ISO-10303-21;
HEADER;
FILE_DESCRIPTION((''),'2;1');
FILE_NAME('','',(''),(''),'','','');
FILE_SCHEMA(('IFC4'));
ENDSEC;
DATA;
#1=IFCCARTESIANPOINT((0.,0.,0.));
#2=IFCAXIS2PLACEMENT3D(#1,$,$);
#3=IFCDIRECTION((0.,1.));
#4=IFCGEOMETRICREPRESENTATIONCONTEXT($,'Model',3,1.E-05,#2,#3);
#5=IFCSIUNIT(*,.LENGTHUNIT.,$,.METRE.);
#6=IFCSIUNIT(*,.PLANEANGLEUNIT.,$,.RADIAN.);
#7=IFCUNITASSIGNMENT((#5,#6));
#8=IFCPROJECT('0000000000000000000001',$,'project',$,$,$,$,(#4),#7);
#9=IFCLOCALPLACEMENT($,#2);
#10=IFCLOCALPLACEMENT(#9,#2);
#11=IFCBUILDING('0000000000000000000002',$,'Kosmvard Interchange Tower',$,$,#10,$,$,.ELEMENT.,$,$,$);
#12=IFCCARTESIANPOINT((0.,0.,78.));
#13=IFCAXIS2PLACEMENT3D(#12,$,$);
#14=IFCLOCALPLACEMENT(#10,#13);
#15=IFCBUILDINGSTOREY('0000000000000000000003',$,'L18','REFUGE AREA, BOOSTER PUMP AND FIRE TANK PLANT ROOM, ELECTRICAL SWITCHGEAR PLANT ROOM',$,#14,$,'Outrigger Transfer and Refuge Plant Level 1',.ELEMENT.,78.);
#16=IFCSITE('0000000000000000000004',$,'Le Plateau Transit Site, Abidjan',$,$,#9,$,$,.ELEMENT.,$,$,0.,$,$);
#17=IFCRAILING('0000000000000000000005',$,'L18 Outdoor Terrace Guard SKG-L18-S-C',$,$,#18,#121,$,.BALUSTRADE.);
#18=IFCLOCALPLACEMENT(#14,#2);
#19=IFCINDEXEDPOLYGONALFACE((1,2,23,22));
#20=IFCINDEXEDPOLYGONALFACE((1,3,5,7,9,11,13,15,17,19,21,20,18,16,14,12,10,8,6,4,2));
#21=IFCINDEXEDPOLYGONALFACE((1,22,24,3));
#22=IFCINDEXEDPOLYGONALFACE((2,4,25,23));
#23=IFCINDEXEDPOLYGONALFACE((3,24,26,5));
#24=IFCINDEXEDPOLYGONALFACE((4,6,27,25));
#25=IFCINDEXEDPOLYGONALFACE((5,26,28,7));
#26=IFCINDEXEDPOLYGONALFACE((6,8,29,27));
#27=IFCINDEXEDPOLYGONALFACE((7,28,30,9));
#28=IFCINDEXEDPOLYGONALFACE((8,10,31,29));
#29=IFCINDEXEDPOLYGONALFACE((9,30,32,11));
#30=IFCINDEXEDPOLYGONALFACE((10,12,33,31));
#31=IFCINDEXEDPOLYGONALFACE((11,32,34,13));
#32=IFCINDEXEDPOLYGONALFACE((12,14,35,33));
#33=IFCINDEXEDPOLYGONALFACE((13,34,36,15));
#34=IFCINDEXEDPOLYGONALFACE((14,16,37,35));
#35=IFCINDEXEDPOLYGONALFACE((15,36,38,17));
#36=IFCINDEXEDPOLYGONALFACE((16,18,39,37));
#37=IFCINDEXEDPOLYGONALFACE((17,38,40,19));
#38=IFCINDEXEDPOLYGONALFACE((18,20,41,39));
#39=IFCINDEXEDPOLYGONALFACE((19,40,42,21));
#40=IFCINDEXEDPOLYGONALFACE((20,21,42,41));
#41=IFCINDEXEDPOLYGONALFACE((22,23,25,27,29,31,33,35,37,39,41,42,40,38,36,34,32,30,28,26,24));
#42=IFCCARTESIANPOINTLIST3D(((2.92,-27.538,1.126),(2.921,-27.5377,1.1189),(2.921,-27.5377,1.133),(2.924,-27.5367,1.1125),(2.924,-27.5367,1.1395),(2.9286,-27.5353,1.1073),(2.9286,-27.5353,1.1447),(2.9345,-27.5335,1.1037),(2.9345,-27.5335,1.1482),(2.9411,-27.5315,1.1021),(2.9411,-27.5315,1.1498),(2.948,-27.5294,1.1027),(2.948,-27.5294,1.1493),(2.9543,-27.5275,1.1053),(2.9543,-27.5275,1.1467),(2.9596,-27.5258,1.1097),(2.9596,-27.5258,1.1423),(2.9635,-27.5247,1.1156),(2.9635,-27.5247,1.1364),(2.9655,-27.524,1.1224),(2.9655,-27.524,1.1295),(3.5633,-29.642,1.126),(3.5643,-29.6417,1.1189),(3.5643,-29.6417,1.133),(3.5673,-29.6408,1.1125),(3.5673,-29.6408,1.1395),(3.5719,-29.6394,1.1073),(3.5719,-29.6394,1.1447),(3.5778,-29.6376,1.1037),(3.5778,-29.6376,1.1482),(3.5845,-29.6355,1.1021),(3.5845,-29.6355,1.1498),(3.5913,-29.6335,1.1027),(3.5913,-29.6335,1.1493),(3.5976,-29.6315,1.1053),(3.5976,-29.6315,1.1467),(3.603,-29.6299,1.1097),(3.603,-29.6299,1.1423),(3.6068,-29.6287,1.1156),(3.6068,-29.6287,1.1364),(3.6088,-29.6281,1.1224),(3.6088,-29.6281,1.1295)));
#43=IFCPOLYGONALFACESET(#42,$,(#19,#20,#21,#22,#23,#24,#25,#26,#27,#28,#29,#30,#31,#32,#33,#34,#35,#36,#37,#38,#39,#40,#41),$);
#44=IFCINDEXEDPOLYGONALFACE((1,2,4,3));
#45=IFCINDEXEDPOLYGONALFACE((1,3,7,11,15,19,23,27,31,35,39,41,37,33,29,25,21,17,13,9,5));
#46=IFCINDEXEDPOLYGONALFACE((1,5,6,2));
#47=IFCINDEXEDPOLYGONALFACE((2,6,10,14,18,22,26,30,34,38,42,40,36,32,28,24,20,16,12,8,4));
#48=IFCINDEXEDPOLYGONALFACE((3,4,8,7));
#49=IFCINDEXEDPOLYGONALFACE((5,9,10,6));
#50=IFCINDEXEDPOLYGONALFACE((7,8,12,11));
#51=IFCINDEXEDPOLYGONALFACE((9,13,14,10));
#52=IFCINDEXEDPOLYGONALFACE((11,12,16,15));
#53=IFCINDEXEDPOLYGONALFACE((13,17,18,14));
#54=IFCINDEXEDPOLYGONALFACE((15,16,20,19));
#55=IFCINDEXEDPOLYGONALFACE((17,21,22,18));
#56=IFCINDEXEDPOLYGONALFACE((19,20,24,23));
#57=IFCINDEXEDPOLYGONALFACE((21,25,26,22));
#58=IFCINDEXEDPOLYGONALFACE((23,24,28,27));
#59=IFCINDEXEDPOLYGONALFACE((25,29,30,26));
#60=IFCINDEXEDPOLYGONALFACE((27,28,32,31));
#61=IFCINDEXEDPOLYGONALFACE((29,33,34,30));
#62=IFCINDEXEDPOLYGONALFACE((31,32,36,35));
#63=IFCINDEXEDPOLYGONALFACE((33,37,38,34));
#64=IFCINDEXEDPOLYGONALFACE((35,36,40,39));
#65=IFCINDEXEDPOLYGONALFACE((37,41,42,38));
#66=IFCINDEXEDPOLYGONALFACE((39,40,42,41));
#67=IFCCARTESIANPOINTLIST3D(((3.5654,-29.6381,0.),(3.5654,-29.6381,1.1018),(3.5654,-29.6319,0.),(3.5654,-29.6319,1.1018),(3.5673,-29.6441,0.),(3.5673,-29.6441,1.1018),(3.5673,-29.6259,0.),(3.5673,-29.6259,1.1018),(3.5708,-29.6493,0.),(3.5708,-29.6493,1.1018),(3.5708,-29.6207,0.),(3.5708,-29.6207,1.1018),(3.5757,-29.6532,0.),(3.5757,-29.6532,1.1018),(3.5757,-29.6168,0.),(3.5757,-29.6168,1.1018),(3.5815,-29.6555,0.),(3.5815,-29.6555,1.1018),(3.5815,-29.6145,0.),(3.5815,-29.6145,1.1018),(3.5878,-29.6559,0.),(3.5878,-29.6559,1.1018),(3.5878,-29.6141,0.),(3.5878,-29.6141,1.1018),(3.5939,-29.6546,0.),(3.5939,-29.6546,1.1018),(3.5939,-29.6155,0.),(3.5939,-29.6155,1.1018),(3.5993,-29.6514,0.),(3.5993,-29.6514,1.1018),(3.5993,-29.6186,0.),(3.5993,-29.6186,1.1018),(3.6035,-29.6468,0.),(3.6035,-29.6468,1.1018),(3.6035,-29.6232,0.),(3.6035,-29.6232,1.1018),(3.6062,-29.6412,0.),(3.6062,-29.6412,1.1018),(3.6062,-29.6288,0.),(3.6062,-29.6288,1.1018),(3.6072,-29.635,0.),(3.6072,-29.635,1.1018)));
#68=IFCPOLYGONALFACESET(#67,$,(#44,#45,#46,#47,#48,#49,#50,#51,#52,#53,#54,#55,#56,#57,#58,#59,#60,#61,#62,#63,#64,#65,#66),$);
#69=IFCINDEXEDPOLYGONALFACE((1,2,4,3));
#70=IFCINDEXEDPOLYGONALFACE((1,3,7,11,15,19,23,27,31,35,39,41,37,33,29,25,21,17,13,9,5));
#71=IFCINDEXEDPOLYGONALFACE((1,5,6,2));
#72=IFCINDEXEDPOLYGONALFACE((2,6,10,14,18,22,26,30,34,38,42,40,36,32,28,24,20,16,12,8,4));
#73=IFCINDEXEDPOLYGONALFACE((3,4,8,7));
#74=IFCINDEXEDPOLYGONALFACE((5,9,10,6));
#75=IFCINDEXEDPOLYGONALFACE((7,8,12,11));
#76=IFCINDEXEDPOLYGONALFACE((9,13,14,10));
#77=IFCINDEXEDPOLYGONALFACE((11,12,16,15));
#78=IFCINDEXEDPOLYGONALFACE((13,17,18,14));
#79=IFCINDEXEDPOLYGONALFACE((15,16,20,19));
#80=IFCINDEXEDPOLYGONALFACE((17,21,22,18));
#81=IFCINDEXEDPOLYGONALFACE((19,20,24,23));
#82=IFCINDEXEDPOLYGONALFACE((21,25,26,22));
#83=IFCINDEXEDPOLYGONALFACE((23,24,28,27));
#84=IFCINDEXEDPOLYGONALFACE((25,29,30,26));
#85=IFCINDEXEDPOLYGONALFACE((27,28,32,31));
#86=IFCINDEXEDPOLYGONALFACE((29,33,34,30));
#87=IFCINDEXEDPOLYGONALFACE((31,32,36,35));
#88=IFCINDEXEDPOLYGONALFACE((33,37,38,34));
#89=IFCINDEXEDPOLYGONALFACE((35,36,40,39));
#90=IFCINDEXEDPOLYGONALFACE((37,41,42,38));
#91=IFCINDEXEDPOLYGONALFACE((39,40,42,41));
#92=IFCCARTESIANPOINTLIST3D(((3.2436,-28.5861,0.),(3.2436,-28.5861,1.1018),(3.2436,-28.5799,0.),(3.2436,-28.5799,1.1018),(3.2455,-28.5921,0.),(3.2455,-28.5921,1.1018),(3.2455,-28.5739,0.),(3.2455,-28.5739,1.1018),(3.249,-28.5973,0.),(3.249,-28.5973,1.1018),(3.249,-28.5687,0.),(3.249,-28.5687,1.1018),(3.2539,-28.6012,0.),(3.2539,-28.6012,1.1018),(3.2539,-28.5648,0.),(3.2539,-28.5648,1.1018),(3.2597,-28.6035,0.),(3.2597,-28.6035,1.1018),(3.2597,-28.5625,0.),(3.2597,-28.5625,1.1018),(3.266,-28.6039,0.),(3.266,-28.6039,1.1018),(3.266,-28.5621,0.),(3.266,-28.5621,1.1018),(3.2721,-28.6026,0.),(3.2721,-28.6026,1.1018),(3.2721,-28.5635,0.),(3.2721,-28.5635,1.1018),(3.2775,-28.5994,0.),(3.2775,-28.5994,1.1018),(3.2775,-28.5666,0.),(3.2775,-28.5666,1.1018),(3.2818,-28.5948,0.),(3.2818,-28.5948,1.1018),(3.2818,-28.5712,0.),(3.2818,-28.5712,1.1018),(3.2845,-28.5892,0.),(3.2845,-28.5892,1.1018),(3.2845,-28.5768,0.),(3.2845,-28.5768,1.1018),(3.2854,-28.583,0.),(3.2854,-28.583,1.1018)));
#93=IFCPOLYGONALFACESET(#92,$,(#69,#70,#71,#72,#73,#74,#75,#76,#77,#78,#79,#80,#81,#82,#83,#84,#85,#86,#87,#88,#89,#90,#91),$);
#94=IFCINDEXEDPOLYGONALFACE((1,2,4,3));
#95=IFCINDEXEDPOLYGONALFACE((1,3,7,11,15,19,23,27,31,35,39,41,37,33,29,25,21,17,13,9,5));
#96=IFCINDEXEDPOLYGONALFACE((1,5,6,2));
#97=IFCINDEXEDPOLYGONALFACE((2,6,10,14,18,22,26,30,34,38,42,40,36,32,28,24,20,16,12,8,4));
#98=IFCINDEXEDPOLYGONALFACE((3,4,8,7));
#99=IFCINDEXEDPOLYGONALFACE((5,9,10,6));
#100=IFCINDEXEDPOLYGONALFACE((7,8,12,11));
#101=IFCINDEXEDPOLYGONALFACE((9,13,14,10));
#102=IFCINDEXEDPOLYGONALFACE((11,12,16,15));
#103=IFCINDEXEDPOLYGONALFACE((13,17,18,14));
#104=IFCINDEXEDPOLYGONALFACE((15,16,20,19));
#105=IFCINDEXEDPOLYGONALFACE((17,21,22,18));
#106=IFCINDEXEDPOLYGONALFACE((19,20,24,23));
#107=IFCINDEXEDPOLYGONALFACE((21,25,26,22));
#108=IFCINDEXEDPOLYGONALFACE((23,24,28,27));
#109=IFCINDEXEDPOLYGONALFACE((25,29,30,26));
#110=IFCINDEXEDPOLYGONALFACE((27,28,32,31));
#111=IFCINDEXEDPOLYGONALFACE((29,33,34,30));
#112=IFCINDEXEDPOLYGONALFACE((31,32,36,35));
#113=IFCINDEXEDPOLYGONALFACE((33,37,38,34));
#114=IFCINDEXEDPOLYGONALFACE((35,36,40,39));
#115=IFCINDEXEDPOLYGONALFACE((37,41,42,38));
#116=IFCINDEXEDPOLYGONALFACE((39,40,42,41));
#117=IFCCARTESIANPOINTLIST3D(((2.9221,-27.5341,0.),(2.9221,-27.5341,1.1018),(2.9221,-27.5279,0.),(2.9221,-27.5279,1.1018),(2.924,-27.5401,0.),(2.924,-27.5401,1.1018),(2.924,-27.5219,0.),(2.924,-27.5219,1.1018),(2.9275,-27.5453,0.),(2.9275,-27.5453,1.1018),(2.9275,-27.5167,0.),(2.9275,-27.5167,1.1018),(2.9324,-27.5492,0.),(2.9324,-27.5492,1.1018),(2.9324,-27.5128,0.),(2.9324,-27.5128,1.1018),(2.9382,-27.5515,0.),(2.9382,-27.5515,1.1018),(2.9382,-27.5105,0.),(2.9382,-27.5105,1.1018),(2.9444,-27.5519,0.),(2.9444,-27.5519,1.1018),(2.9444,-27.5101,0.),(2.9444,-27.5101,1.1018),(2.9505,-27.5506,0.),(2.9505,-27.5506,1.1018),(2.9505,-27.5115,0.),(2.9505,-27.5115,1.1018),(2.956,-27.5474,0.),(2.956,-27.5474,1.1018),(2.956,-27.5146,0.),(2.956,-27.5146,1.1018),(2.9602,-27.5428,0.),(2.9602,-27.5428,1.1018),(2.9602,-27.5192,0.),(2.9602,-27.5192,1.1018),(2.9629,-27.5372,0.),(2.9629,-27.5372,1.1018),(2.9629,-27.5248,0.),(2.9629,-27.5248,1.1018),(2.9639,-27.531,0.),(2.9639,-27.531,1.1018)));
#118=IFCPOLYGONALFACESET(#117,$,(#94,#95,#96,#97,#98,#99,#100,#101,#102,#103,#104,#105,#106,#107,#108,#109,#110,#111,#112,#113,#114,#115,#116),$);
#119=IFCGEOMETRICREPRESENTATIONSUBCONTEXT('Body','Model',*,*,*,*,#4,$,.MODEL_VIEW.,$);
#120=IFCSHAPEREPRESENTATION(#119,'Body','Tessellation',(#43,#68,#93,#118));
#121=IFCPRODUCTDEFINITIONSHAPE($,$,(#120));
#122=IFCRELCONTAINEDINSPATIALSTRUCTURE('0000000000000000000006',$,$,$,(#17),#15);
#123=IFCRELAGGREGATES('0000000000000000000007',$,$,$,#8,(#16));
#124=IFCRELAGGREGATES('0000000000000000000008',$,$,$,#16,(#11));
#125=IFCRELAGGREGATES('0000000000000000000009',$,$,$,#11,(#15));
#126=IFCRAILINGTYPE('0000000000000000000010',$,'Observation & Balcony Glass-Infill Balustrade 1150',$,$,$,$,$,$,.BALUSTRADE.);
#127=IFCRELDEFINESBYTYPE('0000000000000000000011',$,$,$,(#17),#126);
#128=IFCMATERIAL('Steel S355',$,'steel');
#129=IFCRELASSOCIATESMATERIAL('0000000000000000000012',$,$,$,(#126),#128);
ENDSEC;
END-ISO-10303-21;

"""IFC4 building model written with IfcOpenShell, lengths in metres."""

from ifc_helpers import new_model, si_unit, direction, frame, origin, origin_2d, place, context, subcontext, project, spatial, circle, extrude, source, transform, mapped, material, type_object, element, save


model = new_model("IFC4")

# Units and contexts
model_context = context("Model", 3, precision=1e-05, world=origin(), true_north=direction((0.0, 1.0)))
body_context = subcontext(model_context, "Body", "Model", "MODEL_VIEW")
ifc_project = project(units=[si_unit("LENGTHUNIT", "METRE"), si_unit("PLANEANGLEUNIT", "RADIAN")], contexts=[model_context])

# Site, building, storey
site_placement = place(None, origin())
site = spatial("IfcSite", under=ifc_project, at=site_placement, Name="Le Plateau Transit Site, Abidjan", CompositionType="ELEMENT", RefElevation=0.0)
building_placement = place(site_placement, origin())
building = spatial("IfcBuilding", under=site, at=building_placement, Name="Kosmvard Interchange Tower", CompositionType="ELEMENT")
storey_placement = place(building_placement, frame((0.0, 0.0, 78.0)))
storey = spatial("IfcBuildingStorey", under=building, at=storey_placement, Name="L18", Description="REFUGE AREA, BOOSTER PUMP AND FIRE TANK PLANT ROOM, ELECTRICAL SWITCHGEAR PLANT ROOM", LongName="Outrigger Transfer and Refuge Plant Level 1", CompositionType="ELEMENT", Elevation=78.0)

# Railing
ifc_material_1 = material(Name="Steel S355", Category="steel")
railing_type = type_object("IfcRailingType", Name="Observation & Balcony Glass-Infill Balustrade 1150", PredefinedType="BALUSTRADE", material=ifc_material_1)
shared_shape_1 = source(origin(), body_context, "Body", "SweptSolid", [
    extrude(circle(Radius=0.0239, at=origin_2d()), frame((0.0, 0.0, 1.126), z_axis=(-0.292393, 0.956298, 0.0), x_axis=(-0.956298, -0.292393, 0.0)), (0.0, 0.0, 1.0), 2.2002),
    extrude(circle(Radius=0.021, at=origin_2d()), origin(), (0.0, 0.0, 1.0), 1.1018),
    extrude(circle(Radius=0.021, at=origin_2d()), frame((-0.3218, 1.052, 0.0)), (0.0, 0.0, 1.0), 1.1018),
    extrude(circle(Radius=0.021, at=origin_2d()), frame((-0.6433, 2.104, 0.0)), (0.0, 0.0, 1.0), 1.1018),
])
railing_placement = place(storey_placement, frame((3.5862, -29.635, 0.0)))
element("IfcRailing", 1, at=railing_placement, inside=storey, type_object=railing_type, Name="L18 Outdoor Terrace Guard SKG-L18-S-C", PredefinedType="BALUSTRADE", context=body_context, shape_type="MappedRepresentation", body=[
    mapped(shared_shape_1, transform((0.0, 0.0, 0.0), scale=1.0)),
])

save(model, "model.ifc")
